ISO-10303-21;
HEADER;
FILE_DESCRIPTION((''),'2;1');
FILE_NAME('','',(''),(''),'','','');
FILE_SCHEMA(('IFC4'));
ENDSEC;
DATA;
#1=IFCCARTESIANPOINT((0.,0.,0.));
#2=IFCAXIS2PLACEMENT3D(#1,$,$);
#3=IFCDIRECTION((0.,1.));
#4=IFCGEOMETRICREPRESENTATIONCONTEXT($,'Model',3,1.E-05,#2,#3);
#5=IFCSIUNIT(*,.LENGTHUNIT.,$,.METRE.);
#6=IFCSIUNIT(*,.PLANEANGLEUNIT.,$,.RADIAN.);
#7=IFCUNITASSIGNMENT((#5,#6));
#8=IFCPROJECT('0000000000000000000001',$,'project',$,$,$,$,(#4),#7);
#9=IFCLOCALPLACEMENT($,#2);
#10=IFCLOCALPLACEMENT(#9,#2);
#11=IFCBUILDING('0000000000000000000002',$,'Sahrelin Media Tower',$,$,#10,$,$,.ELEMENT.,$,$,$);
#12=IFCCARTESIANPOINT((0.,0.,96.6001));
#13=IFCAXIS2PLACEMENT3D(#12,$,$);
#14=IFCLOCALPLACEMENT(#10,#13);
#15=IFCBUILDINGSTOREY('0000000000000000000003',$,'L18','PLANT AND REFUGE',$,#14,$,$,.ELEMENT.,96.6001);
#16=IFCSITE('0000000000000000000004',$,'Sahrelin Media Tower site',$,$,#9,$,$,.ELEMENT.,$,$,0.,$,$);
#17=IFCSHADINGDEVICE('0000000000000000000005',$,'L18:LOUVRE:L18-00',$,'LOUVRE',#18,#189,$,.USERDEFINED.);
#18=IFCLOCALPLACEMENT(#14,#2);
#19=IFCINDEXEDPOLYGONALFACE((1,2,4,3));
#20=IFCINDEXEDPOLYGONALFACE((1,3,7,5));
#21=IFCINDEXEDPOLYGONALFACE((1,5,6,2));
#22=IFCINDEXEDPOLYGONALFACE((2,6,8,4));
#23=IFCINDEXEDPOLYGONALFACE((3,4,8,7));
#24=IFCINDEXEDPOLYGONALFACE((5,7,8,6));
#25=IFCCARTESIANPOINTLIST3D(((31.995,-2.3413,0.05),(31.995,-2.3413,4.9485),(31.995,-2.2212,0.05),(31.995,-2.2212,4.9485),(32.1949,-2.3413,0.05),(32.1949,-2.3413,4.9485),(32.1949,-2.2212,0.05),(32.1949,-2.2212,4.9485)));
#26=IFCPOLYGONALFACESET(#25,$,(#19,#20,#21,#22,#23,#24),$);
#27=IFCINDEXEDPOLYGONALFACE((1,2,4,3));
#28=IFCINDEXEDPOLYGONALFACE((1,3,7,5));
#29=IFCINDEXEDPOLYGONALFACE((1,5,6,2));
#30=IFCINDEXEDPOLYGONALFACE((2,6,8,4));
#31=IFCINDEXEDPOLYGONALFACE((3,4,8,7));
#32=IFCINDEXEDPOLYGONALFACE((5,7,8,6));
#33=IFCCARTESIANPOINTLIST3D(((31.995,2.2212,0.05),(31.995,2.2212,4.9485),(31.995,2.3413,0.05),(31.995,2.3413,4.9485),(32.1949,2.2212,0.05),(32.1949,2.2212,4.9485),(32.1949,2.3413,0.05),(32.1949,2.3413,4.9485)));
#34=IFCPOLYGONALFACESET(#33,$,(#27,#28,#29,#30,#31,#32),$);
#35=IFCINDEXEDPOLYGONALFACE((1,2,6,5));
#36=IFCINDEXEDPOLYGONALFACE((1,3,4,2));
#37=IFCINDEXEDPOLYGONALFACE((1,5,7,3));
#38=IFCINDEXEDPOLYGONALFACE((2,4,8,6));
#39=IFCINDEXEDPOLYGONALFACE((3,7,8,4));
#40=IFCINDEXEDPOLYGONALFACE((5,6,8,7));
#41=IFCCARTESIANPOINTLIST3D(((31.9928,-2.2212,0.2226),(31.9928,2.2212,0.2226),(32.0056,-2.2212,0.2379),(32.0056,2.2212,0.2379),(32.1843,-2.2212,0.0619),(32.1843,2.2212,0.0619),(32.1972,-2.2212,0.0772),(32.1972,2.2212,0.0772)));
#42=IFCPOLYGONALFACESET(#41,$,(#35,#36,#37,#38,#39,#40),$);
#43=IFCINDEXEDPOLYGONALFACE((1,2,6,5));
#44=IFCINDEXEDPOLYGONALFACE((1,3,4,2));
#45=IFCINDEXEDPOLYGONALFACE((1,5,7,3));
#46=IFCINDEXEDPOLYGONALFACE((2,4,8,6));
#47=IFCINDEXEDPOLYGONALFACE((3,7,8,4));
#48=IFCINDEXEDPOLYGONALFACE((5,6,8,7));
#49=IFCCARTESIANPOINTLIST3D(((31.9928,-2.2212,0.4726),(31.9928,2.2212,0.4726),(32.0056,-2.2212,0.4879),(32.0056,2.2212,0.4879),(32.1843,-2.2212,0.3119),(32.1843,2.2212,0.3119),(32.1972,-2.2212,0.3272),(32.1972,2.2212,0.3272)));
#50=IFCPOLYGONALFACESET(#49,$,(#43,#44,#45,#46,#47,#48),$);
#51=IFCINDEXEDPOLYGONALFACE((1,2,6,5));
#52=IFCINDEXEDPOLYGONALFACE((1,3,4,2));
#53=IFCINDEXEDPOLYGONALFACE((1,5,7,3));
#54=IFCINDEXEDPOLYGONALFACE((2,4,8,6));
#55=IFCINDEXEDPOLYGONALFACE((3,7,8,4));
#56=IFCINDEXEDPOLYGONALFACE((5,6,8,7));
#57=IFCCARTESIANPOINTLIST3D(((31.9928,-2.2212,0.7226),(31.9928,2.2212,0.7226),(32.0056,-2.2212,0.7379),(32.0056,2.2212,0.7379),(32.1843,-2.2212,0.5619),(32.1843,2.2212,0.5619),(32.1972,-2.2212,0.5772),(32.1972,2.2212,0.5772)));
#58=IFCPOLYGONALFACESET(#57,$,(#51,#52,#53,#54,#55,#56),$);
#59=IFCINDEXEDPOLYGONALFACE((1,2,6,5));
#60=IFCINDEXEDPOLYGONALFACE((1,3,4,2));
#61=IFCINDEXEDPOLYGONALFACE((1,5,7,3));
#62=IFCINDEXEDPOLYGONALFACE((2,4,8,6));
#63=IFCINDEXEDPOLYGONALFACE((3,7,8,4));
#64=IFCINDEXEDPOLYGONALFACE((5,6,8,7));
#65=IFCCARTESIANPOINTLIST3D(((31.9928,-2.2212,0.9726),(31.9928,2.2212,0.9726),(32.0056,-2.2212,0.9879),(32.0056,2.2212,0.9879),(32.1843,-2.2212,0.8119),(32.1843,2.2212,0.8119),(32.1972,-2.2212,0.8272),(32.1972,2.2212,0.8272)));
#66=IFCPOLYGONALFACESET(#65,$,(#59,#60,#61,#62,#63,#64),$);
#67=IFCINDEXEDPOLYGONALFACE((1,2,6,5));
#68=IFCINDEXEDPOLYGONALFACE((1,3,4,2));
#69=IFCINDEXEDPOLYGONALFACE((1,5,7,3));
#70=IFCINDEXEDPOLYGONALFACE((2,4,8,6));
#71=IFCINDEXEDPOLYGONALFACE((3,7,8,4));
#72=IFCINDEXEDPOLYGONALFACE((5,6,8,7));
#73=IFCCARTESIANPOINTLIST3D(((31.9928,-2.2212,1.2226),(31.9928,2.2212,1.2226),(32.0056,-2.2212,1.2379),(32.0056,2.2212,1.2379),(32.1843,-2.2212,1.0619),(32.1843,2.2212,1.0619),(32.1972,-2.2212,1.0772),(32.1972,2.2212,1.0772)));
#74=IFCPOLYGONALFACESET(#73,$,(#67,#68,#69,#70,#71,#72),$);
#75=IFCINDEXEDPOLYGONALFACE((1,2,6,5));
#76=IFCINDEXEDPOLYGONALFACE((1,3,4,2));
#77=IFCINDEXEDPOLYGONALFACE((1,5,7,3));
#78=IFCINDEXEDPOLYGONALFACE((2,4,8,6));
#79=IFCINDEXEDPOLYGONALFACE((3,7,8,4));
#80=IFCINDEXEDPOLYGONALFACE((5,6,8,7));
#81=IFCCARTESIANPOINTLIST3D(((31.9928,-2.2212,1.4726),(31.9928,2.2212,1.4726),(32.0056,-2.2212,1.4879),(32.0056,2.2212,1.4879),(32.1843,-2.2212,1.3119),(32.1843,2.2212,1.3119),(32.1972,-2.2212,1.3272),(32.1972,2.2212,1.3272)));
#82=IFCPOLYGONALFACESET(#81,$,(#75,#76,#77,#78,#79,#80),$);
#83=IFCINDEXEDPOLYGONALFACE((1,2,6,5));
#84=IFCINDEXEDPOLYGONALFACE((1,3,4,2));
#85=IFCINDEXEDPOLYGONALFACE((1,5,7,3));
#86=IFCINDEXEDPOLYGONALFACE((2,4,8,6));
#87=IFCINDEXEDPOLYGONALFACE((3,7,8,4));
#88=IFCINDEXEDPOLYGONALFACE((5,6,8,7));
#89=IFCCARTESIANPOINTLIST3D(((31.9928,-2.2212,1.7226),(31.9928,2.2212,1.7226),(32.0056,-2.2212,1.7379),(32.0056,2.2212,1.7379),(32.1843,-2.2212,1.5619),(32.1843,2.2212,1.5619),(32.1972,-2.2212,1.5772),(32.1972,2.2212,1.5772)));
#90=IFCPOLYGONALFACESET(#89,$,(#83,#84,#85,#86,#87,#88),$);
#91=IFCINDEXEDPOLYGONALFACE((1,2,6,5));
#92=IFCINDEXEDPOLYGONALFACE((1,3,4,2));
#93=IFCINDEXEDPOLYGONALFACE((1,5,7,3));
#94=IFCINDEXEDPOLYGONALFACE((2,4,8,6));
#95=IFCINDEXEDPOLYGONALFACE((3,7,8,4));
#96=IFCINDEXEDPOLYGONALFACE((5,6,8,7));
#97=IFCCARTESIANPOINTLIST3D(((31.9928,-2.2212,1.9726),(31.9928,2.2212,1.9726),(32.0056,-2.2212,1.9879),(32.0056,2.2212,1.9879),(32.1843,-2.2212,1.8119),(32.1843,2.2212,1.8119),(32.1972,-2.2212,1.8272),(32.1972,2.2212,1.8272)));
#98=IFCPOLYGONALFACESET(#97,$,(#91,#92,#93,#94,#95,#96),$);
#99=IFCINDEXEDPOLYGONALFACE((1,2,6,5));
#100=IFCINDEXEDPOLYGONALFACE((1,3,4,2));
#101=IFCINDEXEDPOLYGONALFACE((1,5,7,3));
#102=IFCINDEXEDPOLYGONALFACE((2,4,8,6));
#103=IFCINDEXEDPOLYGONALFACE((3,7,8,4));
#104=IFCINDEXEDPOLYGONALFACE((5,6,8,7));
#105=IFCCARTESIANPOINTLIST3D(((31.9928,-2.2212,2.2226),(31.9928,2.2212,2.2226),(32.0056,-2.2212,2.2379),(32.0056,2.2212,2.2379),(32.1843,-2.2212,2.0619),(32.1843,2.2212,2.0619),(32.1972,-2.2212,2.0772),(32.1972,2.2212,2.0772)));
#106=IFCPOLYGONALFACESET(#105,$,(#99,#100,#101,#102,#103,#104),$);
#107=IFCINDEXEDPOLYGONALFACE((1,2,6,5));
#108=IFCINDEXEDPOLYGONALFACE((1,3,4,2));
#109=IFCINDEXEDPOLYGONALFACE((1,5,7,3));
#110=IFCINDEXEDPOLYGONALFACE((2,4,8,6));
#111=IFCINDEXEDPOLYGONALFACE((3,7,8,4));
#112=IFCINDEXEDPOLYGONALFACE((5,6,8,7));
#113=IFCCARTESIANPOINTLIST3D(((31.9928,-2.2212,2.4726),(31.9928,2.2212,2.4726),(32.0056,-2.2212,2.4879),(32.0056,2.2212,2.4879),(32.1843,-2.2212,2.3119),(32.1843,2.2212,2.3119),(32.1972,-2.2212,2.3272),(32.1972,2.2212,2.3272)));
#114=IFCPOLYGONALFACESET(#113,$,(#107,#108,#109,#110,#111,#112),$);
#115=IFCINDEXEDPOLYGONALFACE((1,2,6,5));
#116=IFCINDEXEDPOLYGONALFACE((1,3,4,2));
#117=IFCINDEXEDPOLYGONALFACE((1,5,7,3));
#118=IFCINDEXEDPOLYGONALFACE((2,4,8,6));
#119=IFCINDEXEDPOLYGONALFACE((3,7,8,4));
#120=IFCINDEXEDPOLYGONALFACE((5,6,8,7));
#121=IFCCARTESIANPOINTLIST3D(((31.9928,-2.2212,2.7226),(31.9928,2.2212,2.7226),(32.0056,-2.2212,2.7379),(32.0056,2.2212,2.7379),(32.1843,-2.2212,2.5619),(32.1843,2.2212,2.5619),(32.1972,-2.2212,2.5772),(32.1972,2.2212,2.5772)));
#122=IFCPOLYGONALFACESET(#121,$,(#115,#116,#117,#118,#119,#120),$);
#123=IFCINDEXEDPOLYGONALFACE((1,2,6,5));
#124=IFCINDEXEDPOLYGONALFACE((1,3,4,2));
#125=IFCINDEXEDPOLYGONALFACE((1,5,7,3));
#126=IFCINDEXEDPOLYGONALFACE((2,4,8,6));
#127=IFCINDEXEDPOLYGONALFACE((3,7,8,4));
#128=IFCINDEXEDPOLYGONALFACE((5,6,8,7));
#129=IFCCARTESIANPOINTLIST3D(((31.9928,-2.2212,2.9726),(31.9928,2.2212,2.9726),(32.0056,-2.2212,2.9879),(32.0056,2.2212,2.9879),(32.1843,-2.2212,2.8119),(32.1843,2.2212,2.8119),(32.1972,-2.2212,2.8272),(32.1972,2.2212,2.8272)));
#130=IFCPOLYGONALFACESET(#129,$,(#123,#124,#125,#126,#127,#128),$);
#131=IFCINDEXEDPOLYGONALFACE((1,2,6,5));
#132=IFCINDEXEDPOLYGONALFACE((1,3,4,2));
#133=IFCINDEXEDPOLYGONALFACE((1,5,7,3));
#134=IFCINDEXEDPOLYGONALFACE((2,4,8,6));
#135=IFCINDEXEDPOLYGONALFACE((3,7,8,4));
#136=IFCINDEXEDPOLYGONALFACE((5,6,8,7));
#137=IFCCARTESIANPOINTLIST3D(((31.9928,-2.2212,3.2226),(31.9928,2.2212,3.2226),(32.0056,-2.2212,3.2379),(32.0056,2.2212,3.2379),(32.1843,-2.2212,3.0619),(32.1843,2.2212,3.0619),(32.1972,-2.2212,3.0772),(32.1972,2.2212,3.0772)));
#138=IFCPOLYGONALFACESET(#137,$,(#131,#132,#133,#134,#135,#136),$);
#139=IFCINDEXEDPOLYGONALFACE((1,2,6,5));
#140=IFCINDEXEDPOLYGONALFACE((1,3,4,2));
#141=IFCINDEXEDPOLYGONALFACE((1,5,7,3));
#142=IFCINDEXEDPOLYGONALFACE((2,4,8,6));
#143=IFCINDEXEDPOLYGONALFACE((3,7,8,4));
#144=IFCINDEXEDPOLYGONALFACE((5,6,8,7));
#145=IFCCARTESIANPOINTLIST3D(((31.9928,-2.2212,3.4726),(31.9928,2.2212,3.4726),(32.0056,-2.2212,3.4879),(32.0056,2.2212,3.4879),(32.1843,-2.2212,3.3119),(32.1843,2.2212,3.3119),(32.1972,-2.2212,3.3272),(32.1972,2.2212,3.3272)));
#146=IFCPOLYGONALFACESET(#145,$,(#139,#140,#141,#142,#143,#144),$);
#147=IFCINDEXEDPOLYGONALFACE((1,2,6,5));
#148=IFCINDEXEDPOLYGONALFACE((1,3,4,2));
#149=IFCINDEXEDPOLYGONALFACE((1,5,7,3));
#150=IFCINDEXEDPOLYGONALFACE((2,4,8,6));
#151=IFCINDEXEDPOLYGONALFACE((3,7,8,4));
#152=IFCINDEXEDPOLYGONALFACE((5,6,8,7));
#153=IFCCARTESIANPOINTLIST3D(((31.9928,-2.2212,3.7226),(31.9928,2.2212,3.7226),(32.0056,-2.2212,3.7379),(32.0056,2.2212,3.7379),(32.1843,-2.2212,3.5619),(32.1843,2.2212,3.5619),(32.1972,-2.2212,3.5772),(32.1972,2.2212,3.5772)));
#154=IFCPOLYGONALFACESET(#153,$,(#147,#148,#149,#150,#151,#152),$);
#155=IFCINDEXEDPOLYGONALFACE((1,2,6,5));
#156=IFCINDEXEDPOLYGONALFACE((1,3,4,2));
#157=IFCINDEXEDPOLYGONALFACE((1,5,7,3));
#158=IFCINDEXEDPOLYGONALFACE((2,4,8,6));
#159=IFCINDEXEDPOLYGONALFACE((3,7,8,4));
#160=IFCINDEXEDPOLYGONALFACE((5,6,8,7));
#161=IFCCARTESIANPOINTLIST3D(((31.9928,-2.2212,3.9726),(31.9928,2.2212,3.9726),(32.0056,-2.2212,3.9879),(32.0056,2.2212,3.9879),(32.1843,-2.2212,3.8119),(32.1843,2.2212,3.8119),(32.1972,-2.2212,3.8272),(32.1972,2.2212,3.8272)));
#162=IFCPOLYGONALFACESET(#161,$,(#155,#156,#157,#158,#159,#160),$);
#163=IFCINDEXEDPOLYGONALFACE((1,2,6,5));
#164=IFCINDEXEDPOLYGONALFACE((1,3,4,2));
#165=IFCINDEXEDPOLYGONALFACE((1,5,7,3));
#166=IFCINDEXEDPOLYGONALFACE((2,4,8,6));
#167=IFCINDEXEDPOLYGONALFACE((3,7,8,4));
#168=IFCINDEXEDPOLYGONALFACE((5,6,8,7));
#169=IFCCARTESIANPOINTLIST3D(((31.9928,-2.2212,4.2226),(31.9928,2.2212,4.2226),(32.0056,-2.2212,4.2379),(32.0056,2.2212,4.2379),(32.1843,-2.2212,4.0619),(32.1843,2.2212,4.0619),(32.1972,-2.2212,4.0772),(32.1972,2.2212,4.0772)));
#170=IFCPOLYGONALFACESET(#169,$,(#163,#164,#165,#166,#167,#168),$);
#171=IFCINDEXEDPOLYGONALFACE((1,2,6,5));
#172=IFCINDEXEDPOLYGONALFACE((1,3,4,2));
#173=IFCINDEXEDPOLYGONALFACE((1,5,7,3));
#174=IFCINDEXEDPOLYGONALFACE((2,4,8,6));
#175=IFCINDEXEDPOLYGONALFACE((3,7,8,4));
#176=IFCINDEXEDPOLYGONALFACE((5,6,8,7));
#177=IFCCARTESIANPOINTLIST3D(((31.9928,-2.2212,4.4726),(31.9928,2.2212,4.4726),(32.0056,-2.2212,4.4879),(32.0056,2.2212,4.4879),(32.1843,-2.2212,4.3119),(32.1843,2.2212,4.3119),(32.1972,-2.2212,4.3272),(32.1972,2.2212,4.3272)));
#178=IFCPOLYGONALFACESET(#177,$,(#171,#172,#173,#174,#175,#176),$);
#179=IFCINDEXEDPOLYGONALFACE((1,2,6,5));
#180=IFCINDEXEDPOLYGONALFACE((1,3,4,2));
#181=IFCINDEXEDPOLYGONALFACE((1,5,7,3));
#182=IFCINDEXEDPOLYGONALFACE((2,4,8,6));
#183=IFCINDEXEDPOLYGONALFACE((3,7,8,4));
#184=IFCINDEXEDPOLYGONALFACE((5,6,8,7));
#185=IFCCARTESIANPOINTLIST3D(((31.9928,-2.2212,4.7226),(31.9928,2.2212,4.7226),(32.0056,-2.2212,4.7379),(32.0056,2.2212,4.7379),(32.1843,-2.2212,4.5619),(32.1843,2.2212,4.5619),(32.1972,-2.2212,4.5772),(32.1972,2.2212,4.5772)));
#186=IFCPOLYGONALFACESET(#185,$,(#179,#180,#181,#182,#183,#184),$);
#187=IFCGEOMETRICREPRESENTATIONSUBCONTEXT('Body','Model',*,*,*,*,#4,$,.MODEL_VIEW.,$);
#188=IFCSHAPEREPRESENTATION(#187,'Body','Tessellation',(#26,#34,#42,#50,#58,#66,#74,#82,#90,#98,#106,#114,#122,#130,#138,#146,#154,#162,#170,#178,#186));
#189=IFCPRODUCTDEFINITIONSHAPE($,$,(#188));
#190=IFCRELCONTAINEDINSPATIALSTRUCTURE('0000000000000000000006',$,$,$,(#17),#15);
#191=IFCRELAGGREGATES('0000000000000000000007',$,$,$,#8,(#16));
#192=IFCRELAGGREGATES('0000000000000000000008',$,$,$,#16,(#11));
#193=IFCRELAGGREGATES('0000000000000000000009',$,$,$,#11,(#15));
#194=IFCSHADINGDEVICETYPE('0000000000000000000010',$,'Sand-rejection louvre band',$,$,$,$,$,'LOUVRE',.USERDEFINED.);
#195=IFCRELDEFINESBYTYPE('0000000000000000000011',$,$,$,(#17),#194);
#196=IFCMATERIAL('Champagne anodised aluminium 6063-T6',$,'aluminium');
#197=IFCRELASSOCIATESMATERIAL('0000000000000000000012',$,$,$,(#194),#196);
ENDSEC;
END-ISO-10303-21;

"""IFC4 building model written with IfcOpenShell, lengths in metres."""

from ifc_helpers import new_model, si_unit, direction, frame, origin, origin_2d, place, context, subcontext, project, spatial, rectangle, extrude, material, type_object, element, save


model = new_model("IFC4")

# Units and contexts
model_context = context("Model", 3, precision=1e-05, world=origin(), true_north=direction((0.0, 1.0)))
body_context = subcontext(model_context, "Body", "Model", "MODEL_VIEW")
ifc_project = project(units=[si_unit("LENGTHUNIT", "METRE"), si_unit("PLANEANGLEUNIT", "RADIAN")], contexts=[model_context])

# Site, building, storey
site_placement = place(None, origin())
site = spatial("IfcSite", under=ifc_project, at=site_placement, Name="Sahrelin Media Tower site", CompositionType="ELEMENT", RefElevation=0.0)
building_placement = place(site_placement, origin())
building = spatial("IfcBuilding", under=site, at=building_placement, Name="Sahrelin Media Tower", CompositionType="ELEMENT")
storey_placement = place(building_placement, frame((0.0, 0.0, 96.6001)))
storey = spatial("IfcBuildingStorey", under=building, at=storey_placement, Name="L18", Description="PLANT AND REFUGE", CompositionType="ELEMENT", Elevation=96.6001)

# Shading device
ifc_material_1 = material(Name="Champagne anodised aluminium 6063-T6", Category="aluminium")
shading_device_type = type_object("IfcShadingDeviceType", Name="Sand-rejection louvre band", ElementType="LOUVRE", PredefinedType="USERDEFINED", material=ifc_material_1)
shading_device_1_placement = place(storey_placement, frame((31.9949, 0.0, 0.0), z_axis=(0.0, 0.0, 1.0), x_axis=(0.0, -1.0, 0.0)))
element("IfcShadingDevice", 1, at=shading_device_1_placement, inside=storey, type_object=shading_device_type, Name="L18:LOUVRE:L18-00", ObjectType="LOUVRE", PredefinedType="USERDEFINED", context=body_context, shape_type="SweptSolid", body=[
    extrude(rectangle(XDim=0.1201, YDim=0.2, at=origin_2d()), frame((2.2812, 0.1001, 0.05), z_axis=(0.0, 0.0, 1.0), x_axis=(1.0, 0.0, 0.0)), (0.0, 0.0, 1.0), 4.8984),
    extrude(rectangle(XDim=0.1201, YDim=0.2, at=origin_2d()), frame((-2.2812, 0.1001, 0.05), z_axis=(0.0, 0.0, 1.0), x_axis=(1.0, 0.0, 0.0)), (0.0, 0.0, 1.0), 4.8984),
    extrude(rectangle(XDim=0.25, YDim=0.02, at=origin_2d()), frame((2.2212, 0.1001, 0.1499), z_axis=(-1.0, 0.0, 0.0), x_axis=(0.0, -0.766044, 0.642788)), (0.0, 0.0, 1.0), 4.4424),
    extrude(rectangle(XDim=0.25, YDim=0.02, at=origin_2d()), frame((2.2212, 0.1001, 0.3999), z_axis=(-1.0, 0.0, 0.0), x_axis=(0.0, -0.766044, 0.642788)), (0.0, 0.0, 1.0), 4.4424),
    extrude(rectangle(XDim=0.25, YDim=0.02, at=origin_2d()), frame((2.2212, 0.1001, 0.6499), z_axis=(-1.0, 0.0, 0.0), x_axis=(0.0, -0.766044, 0.642788)), (0.0, 0.0, 1.0), 4.4424),
    extrude(rectangle(XDim=0.25, YDim=0.02, at=origin_2d()), frame((2.2212, 0.1001, 0.8999), z_axis=(-1.0, 0.0, 0.0), x_axis=(0.0, -0.766044, 0.642788)), (0.0, 0.0, 1.0), 4.4424),
    extrude(rectangle(XDim=0.25, YDim=0.02, at=origin_2d()), frame((2.2212, 0.1001, 1.1499), z_axis=(-1.0, 0.0, 0.0), x_axis=(0.0, -0.766044, 0.642788)), (0.0, 0.0, 1.0), 4.4424),
    extrude(rectangle(XDim=0.25, YDim=0.02, at=origin_2d()), frame((2.2212, 0.1001, 1.3999), z_axis=(-1.0, 0.0, 0.0), x_axis=(0.0, -0.766044, 0.642788)), (0.0, 0.0, 1.0), 4.4424),
    extrude(rectangle(XDim=0.25, YDim=0.02, at=origin_2d()), frame((2.2212, 0.1001, 1.6499), z_axis=(-1.0, 0.0, 0.0), x_axis=(0.0, -0.766044, 0.642788)), (0.0, 0.0, 1.0), 4.4424),
    extrude(rectangle(XDim=0.25, YDim=0.02, at=origin_2d()), frame((2.2212, 0.1001, 1.8999), z_axis=(-1.0, 0.0, 0.0), x_axis=(0.0, -0.766044, 0.642788)), (0.0, 0.0, 1.0), 4.4424),
    extrude(rectangle(XDim=0.25, YDim=0.02, at=origin_2d()), frame((2.2212, 0.1001, 2.1499), z_axis=(-1.0, 0.0, 0.0), x_axis=(0.0, -0.766044, 0.642788)), (0.0, 0.0, 1.0), 4.4424),
    extrude(rectangle(XDim=0.25, YDim=0.02, at=origin_2d()), frame((2.2212, 0.1001, 2.3999), z_axis=(-1.0, 0.0, 0.0), x_axis=(0.0, -0.766044, 0.642788)), (0.0, 0.0, 1.0), 4.4424),
    extrude(rectangle(XDim=0.25, YDim=0.02, at=origin_2d()), frame((2.2212, 0.1001, 2.6499), z_axis=(-1.0, 0.0, 0.0), x_axis=(0.0, -0.766044, 0.642788)), (0.0, 0.0, 1.0), 4.4424),
    extrude(rectangle(XDim=0.25, YDim=0.02, at=origin_2d()), frame((2.2212, 0.1001, 2.8999), z_axis=(-1.0, 0.0, 0.0), x_axis=(0.0, -0.766044, 0.642788)), (0.0, 0.0, 1.0), 4.4424),
    extrude(rectangle(XDim=0.25, YDim=0.02, at=origin_2d()), frame((2.2212, 0.1001, 3.1499), z_axis=(-1.0, 0.0, 0.0), x_axis=(0.0, -0.766044, 0.642788)), (0.0, 0.0, 1.0), 4.4424),
    extrude(rectangle(XDim=0.25, YDim=0.02, at=origin_2d()), frame((2.2212, 0.1001, 3.3999), z_axis=(-1.0, 0.0, 0.0), x_axis=(0.0, -0.766044, 0.642788)), (0.0, 0.0, 1.0), 4.4424),
    extrude(rectangle(XDim=0.25, YDim=0.02, at=origin_2d()), frame((2.2212, 0.1001, 3.6499), z_axis=(-1.0, 0.0, 0.0), x_axis=(0.0, -0.766044, 0.642788)), (0.0, 0.0, 1.0), 4.4424),
    extrude(rectangle(XDim=0.25, YDim=0.02, at=origin_2d()), frame((2.2212, 0.1001, 3.8999), z_axis=(-1.0, 0.0, 0.0), x_axis=(0.0, -0.766044, 0.642788)), (0.0, 0.0, 1.0), 4.4424),
    extrude(rectangle(XDim=0.25, YDim=0.02, at=origin_2d()), frame((2.2212, 0.1001, 4.1499), z_axis=(-1.0, 0.0, 0.0), x_axis=(0.0, -0.766044, 0.642788)), (0.0, 0.0, 1.0), 4.4424),
    extrude(rectangle(XDim=0.25, YDim=0.02, at=origin_2d()), frame((2.2212, 0.1001, 4.3999), z_axis=(-1.0, 0.0, 0.0), x_axis=(0.0, -0.766044, 0.642788)), (0.0, 0.0, 1.0), 4.4424),
    extrude(rectangle(XDim=0.25, YDim=0.02, at=origin_2d()), frame((2.2212, 0.1001, 4.6499), z_axis=(-1.0, 0.0, 0.0), x_axis=(0.0, -0.766044, 0.642788)), (0.0, 0.0, 1.0), 4.4424),
])

save(model, "model.ifc")
